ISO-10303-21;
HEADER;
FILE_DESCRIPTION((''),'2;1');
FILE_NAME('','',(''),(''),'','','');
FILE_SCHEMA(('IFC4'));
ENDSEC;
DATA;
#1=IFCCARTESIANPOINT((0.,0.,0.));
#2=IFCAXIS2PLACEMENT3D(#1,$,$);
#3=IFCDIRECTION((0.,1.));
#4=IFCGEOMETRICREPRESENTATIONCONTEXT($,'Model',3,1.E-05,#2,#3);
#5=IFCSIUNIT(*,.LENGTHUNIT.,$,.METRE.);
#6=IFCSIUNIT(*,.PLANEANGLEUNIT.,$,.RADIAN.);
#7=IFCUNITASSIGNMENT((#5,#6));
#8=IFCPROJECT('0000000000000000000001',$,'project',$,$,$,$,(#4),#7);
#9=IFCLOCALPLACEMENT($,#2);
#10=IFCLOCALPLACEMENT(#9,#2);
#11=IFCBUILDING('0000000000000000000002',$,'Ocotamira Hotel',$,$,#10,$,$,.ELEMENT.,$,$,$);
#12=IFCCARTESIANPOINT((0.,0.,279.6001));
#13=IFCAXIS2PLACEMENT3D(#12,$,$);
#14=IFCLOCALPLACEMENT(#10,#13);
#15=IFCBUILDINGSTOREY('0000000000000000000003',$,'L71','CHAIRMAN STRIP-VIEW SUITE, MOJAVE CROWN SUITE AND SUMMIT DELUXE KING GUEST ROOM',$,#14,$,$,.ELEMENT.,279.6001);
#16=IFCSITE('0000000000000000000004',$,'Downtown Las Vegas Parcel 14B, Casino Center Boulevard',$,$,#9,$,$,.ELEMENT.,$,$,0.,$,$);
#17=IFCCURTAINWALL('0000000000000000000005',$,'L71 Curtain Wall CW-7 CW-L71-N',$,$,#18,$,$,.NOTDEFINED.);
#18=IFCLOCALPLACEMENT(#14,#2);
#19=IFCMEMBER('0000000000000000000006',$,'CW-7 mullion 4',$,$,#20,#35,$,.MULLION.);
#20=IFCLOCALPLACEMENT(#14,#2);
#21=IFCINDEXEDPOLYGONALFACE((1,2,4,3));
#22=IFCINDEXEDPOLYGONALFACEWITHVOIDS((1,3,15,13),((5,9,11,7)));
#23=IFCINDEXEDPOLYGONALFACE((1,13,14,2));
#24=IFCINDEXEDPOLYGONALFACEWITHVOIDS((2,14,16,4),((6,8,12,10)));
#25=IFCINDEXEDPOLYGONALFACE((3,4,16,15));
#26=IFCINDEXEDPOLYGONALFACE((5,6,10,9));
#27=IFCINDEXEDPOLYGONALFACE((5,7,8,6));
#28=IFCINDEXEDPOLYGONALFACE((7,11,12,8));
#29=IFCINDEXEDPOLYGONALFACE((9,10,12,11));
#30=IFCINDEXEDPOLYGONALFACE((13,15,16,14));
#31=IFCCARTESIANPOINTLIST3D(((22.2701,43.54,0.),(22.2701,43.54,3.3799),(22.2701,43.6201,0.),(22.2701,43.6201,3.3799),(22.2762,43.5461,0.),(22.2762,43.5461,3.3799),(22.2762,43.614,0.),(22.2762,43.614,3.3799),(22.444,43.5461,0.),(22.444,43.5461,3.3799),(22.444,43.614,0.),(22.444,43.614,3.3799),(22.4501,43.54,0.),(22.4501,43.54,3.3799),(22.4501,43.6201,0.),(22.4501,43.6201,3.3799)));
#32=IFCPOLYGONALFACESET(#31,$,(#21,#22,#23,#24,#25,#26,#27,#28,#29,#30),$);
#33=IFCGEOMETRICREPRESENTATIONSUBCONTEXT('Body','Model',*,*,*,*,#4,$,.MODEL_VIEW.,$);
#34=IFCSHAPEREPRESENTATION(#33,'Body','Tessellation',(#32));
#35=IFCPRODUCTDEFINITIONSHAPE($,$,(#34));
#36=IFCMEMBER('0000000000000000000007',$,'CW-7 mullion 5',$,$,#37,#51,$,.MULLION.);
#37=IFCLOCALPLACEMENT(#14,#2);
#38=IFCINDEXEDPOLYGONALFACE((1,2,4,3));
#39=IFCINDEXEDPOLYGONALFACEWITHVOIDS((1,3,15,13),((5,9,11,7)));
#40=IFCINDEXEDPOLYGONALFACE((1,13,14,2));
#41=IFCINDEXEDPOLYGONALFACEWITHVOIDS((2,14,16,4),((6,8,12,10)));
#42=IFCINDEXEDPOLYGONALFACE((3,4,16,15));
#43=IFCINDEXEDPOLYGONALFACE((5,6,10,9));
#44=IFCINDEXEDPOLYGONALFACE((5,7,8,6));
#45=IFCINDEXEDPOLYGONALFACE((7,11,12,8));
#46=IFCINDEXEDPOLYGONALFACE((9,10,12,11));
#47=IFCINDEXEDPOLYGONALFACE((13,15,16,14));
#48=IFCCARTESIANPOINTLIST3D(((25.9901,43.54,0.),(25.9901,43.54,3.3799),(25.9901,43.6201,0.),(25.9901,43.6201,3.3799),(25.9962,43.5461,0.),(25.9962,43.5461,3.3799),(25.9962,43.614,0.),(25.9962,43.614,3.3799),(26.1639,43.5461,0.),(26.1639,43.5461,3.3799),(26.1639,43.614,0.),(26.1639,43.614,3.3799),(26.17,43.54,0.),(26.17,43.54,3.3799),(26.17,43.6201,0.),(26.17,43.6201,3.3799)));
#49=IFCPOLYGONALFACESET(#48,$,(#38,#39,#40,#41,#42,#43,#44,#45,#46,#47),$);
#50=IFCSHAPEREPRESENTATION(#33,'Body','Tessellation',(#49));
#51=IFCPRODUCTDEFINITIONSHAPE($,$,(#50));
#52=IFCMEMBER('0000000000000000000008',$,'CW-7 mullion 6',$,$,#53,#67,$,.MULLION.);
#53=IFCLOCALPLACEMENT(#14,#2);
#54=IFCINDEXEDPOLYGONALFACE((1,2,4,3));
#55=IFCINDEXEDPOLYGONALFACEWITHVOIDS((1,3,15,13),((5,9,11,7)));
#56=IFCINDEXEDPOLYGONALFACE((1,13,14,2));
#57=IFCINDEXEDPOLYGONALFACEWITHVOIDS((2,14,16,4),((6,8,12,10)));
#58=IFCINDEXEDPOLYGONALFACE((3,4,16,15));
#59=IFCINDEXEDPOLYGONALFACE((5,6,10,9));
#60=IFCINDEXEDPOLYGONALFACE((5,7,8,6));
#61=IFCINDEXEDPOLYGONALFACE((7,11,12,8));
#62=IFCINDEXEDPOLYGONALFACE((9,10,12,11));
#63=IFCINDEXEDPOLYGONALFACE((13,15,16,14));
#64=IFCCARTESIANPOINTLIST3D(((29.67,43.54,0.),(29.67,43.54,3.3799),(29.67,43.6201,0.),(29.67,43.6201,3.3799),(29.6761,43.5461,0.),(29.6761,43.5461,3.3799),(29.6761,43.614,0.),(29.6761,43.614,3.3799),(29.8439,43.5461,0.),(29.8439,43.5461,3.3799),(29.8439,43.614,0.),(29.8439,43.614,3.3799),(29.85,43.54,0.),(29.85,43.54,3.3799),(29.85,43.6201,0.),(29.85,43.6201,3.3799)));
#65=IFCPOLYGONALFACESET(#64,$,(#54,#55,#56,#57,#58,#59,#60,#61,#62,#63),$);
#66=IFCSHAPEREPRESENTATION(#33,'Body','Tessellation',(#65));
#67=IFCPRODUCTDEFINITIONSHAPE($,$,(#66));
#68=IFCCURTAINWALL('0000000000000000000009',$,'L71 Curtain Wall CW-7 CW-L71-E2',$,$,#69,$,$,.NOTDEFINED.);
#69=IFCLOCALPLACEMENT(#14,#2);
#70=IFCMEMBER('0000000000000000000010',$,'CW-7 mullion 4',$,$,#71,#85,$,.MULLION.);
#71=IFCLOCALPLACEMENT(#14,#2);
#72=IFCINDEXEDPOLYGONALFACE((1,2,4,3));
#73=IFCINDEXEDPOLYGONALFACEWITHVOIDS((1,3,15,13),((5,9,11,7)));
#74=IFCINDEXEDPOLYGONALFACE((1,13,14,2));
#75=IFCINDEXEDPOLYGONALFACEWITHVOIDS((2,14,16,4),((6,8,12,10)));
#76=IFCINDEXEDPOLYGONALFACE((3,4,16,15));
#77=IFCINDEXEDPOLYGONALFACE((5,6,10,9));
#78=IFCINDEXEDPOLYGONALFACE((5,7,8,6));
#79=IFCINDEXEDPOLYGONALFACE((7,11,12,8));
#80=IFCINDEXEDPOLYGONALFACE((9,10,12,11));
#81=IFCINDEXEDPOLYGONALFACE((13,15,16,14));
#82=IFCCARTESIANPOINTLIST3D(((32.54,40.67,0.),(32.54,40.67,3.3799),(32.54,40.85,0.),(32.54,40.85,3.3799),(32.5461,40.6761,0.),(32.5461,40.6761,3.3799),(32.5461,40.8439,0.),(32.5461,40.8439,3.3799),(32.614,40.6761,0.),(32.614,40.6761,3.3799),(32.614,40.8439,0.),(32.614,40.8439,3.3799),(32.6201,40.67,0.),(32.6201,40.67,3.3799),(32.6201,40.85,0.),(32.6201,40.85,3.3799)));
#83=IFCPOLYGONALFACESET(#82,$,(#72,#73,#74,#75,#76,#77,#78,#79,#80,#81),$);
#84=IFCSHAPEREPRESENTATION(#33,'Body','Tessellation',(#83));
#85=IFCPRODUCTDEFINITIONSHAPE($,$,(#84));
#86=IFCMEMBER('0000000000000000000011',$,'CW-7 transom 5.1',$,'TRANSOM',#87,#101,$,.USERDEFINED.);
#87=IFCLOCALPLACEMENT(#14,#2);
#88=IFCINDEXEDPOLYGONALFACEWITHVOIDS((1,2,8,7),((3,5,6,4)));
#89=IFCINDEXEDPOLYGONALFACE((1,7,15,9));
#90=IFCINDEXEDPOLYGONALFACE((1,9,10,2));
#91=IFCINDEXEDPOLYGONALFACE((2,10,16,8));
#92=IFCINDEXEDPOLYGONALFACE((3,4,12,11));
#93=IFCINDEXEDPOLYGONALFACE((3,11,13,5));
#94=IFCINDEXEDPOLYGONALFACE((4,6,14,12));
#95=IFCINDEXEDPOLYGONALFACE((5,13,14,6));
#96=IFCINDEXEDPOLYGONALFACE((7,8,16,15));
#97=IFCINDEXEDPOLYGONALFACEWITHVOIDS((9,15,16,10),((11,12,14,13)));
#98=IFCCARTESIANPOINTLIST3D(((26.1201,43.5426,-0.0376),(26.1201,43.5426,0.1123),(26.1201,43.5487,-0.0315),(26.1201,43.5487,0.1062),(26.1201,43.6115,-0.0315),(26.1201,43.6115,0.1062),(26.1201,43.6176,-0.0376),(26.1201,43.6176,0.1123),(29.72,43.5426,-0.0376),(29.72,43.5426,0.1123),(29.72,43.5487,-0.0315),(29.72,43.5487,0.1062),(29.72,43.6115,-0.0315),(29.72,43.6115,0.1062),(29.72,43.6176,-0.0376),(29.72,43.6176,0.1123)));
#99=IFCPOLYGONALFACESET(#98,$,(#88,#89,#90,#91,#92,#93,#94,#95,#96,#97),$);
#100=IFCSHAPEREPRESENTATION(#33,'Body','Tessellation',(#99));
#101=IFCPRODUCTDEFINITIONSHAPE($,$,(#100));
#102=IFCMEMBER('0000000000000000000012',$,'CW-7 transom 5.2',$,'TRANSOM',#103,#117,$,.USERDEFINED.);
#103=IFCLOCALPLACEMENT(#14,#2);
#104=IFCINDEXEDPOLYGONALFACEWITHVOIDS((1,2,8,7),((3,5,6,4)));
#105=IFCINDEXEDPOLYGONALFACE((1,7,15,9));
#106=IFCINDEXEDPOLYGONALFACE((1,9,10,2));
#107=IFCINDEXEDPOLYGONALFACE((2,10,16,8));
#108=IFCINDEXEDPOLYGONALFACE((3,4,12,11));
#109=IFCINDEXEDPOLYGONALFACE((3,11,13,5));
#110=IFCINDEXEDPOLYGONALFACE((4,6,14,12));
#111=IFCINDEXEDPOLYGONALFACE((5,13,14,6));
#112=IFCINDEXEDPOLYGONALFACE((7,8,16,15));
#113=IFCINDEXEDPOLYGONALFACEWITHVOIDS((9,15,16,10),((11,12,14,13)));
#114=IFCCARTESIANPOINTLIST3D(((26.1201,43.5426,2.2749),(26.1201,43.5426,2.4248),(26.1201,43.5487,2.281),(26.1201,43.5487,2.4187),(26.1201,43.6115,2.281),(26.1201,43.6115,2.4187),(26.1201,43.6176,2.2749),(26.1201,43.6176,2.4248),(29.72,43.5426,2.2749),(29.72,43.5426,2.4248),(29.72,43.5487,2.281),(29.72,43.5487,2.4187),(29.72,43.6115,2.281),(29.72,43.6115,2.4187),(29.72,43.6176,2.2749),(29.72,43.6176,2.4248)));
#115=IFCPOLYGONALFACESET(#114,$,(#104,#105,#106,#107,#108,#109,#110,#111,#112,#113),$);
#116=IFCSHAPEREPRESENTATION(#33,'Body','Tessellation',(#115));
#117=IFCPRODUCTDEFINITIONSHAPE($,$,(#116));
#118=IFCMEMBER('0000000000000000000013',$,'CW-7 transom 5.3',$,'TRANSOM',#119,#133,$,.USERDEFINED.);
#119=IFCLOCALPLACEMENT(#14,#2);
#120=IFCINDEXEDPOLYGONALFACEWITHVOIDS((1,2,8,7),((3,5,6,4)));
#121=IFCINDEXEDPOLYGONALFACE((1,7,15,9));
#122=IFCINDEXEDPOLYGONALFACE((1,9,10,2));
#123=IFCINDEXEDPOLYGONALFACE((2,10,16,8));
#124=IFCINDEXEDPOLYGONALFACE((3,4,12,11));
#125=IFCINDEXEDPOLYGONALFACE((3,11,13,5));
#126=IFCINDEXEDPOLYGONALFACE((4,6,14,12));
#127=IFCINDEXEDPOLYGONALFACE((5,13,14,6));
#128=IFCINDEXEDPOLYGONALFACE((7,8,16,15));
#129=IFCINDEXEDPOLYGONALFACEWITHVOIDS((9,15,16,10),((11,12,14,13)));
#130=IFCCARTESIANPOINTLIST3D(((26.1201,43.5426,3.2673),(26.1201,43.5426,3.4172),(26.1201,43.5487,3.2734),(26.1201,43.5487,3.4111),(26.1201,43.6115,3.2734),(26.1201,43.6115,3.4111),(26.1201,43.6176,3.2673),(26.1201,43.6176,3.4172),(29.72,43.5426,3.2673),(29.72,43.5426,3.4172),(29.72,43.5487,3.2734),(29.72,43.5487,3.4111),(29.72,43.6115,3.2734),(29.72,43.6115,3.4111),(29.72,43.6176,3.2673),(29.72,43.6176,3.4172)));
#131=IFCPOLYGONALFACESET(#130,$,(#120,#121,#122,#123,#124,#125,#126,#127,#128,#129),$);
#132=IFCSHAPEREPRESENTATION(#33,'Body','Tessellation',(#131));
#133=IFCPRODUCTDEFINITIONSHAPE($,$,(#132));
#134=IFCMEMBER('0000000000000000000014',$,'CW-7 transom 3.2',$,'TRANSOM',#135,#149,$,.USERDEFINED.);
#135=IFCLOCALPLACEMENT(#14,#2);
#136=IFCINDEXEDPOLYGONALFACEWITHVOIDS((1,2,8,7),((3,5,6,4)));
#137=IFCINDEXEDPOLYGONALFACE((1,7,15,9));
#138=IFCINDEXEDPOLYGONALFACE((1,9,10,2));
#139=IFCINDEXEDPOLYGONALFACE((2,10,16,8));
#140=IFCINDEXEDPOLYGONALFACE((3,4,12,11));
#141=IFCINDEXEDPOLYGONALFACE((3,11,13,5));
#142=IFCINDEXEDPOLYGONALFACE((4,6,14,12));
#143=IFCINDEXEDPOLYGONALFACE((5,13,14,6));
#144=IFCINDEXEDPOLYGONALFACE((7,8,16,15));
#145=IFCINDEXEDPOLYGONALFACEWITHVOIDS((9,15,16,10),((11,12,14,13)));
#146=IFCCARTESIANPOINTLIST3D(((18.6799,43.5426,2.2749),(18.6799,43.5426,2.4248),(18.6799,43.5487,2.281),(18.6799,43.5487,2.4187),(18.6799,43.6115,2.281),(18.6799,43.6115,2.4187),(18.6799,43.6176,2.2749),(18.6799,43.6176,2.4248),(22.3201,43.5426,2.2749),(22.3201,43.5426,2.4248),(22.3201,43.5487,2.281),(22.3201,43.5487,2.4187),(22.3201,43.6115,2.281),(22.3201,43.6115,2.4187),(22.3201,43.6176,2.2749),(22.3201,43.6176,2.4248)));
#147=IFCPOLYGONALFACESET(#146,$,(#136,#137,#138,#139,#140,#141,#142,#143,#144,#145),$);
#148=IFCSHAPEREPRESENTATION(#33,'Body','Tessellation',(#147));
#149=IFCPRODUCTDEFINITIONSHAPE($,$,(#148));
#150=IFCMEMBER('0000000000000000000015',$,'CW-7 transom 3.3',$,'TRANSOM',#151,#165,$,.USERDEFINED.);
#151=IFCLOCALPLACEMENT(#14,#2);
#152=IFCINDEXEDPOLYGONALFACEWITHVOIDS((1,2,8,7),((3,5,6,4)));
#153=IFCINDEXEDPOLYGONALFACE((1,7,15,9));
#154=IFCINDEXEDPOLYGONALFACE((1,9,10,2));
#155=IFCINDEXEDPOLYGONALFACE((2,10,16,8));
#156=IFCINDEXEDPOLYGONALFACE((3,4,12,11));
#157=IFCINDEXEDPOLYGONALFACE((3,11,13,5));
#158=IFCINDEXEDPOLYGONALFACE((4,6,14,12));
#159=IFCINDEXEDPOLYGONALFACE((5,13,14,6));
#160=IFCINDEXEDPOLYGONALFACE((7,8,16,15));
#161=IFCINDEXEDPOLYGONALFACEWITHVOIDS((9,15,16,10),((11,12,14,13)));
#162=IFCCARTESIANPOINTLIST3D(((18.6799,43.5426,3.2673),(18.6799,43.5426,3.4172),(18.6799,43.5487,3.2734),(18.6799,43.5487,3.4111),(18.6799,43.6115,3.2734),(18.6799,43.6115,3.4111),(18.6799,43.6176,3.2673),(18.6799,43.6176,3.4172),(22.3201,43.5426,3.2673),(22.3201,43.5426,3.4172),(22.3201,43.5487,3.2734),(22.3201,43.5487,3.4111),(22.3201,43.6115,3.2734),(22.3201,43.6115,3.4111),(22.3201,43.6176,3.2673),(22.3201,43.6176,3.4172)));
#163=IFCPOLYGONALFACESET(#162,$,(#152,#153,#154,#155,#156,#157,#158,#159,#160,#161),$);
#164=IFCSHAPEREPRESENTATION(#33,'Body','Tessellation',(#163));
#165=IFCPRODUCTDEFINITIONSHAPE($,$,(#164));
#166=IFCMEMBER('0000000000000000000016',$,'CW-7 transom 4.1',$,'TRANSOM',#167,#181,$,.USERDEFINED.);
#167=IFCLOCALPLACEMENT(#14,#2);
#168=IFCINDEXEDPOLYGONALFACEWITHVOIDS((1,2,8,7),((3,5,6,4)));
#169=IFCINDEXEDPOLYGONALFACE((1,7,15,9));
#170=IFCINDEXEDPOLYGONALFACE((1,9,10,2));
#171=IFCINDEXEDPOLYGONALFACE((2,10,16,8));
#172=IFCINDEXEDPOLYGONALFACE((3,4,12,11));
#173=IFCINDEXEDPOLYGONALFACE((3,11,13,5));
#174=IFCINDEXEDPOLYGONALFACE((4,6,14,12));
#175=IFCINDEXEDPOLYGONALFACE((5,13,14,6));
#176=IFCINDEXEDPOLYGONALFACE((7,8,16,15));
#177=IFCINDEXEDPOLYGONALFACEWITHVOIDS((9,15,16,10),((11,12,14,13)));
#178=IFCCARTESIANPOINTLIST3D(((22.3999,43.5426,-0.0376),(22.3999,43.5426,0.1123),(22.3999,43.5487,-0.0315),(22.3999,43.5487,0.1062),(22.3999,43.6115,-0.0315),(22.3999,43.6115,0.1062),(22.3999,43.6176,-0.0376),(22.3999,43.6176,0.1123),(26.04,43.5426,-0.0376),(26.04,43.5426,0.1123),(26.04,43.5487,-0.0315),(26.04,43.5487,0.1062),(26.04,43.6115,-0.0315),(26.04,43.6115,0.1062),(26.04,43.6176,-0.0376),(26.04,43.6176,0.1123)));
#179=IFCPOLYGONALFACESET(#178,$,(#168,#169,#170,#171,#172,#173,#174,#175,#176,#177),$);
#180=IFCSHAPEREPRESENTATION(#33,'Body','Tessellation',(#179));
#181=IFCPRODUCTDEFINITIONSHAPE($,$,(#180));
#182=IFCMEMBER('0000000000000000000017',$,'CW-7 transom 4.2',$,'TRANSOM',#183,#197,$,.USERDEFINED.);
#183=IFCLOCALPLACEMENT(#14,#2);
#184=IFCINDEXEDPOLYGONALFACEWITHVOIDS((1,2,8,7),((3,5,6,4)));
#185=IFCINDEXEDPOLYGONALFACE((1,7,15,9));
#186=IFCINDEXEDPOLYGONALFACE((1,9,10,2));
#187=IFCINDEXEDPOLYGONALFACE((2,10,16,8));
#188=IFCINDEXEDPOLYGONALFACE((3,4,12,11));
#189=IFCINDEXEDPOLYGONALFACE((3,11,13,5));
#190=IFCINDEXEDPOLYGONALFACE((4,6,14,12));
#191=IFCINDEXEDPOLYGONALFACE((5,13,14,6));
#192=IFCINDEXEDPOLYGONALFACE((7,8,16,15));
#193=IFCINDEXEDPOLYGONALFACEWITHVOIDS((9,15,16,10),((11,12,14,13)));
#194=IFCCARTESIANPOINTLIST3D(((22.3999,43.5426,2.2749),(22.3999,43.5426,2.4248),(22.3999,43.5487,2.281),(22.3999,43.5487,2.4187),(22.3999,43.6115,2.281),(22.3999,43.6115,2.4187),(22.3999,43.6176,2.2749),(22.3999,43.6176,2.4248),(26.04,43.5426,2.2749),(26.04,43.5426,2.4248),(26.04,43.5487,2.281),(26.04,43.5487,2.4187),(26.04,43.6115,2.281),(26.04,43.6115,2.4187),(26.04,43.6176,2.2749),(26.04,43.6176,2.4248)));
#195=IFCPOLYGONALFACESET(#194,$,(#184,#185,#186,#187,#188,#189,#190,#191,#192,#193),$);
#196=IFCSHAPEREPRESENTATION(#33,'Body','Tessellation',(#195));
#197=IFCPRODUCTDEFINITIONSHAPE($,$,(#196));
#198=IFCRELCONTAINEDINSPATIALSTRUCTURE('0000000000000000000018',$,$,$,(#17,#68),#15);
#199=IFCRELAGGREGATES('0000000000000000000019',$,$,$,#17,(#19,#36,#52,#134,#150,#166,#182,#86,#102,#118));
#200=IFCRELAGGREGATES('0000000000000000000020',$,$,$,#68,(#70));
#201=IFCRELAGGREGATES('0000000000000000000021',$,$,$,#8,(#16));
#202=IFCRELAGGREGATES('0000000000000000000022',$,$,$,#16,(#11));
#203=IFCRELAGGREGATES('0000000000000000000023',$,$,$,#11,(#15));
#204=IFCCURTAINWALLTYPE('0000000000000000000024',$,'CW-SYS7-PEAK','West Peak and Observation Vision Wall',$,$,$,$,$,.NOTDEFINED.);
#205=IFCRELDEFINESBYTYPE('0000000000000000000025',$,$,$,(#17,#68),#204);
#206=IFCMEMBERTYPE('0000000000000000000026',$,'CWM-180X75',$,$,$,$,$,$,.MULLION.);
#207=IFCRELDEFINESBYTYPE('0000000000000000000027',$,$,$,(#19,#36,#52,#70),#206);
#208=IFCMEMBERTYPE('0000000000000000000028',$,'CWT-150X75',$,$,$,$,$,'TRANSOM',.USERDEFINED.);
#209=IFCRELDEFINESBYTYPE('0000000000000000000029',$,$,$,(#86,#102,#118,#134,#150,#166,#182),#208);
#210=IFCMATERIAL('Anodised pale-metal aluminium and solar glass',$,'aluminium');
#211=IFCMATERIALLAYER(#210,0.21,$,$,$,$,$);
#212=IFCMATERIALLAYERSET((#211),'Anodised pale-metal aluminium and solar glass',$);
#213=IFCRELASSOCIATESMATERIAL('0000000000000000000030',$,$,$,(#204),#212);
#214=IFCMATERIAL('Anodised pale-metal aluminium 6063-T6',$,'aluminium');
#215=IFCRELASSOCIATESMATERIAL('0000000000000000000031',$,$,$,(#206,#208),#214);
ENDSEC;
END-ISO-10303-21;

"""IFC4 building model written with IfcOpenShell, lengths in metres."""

from ifc_helpers import new_model, si_unit, direction, frame, origin, origin_2d, place, context, subcontext, project, spatial, hollow_rectangle, extrude, source, transform, mapped, material, layer, layer_set, material_profile, profile_set, type_object, element, aggregate, save


model = new_model("IFC4")

# Units and contexts
model_context = context("Model", 3, precision=1e-05, world=origin(), true_north=direction((0.0, 1.0)))
body_context = subcontext(model_context, "Body", "Model", "MODEL_VIEW")
ifc_project = project(units=[si_unit("LENGTHUNIT", "METRE"), si_unit("PLANEANGLEUNIT", "RADIAN")], contexts=[model_context])

# Site, building, storey
site_placement = place(None, origin())
site = spatial("IfcSite", under=ifc_project, at=site_placement, Name="Downtown Las Vegas Parcel 14B, Casino Center Boulevard", CompositionType="ELEMENT", RefElevation=0.0)
building_placement = place(site_placement, origin())
building = spatial("IfcBuilding", under=site, at=building_placement, Name="Ocotamira Hotel", CompositionType="ELEMENT")
storey_placement = place(building_placement, frame((0.0, 0.0, 279.6001)))
storey = spatial("IfcBuildingStorey", under=building, at=storey_placement, Name="L71", Description="CHAIRMAN STRIP-VIEW SUITE, MOJAVE CROWN SUITE AND SUMMIT DELUXE KING GUEST ROOM", CompositionType="ELEMENT", Elevation=279.6001)

# Curtain wall, members
ifc_material_1 = material(Name="Anodised pale-metal aluminium and solar glass", Category="aluminium")
ifc_layer_1 = layer(ifc_material_1, 0.21)
ifc_layer_set_1 = layer_set([ifc_layer_1], Name="Anodised pale-metal aluminium and solar glass")
curtain_wall_type = type_object("IfcCurtainWallType", Name="CW-SYS7-PEAK", Description="West Peak and Observation Vision Wall", PredefinedType="NOTDEFINED", material=ifc_layer_set_1)
curtain_wall_1_placement = place(storey_placement, origin())
curtain_wall_1 = element("IfcCurtainWall", 1, at=curtain_wall_1_placement, inside=storey, type_object=curtain_wall_type, Name="L71 Curtain Wall CW-7 CW-L71-N", PredefinedType="NOTDEFINED")
ifc_material_2 = material(Name="Anodised pale-metal aluminium 6063-T6", Category="aluminium")
ifc_material_profile_1 = material_profile(ifc_material_2, hollow_rectangle(XDim=0.0801, YDim=0.1799, WallThickness=0.0061, at=origin_2d()), Name="HSS180X80X6")
ifc_profile_set_1 = profile_set([ifc_material_profile_1], Name="Anodised pale-metal aluminium 6063-T6")
member_type_1 = type_object("IfcMemberType", Name="CWM-180X75", PredefinedType="MULLION", material=ifc_profile_set_1)
shared_shape_1 = source(origin(), body_context, "Body", "SweptSolid", [
    extrude(hollow_rectangle(XDim=0.0801, YDim=0.1799, WallThickness=0.0061, at=origin_2d()), origin(), (0.0, 0.0, 1.0), 3.3799),
])
member_1_placement = place(storey_placement, frame((22.3601, 43.5801, 0.0), z_axis=(0.0, 0.0, 1.0), x_axis=(0.0, 1.0, 0.0)))
member_1 = element("IfcMember", 2, at=member_1_placement, type_object=member_type_1, Name="CW-7 mullion 4", PredefinedType="MULLION", context=body_context, shape_type="MappedRepresentation", body=[
    mapped(shared_shape_1, transform((0.0, 0.0, 0.0), scale=1.0)),
])
member_2_placement = place(storey_placement, frame((26.0801, 43.5801, 0.0), z_axis=(0.0, 0.0, 1.0), x_axis=(0.0, 1.0, 0.0)))
member_2 = element("IfcMember", 3, at=member_2_placement, type_object=member_type_1, Name="CW-7 mullion 5", PredefinedType="MULLION", context=body_context, shape_type="MappedRepresentation", body=[
    mapped(shared_shape_1, transform((0.0, 0.0, 0.0), scale=1.0)),
])
member_3_placement = place(storey_placement, frame((29.76, 43.5801, 0.0), z_axis=(0.0, 0.0, 1.0), x_axis=(0.0, 1.0, 0.0)))
member_3 = element("IfcMember", 4, at=member_3_placement, type_object=member_type_1, Name="CW-7 mullion 6", PredefinedType="MULLION", context=body_context, shape_type="MappedRepresentation", body=[
    mapped(shared_shape_1, transform((0.0, 0.0, 0.0), scale=1.0)),
])

# Curtain wall, member
curtain_wall_2_placement = place(storey_placement, origin())
curtain_wall_2 = element("IfcCurtainWall", 5, at=curtain_wall_2_placement, inside=storey, type_object=curtain_wall_type, Name="L71 Curtain Wall CW-7 CW-L71-E2", PredefinedType="NOTDEFINED")
member_4_placement = place(storey_placement, frame((32.5801, 40.76, 0.0), z_axis=(0.0, 0.0, 1.0), x_axis=(-1.0, 0.0, 0.0)))
member_4 = element("IfcMember", 6, at=member_4_placement, type_object=member_type_1, Name="CW-7 mullion 4", PredefinedType="MULLION", context=body_context, shape_type="MappedRepresentation", body=[
    mapped(shared_shape_1, transform((0.0, 0.0, 0.0), scale=1.0)),
])

# Members
ifc_material_profile_2 = material_profile(ifc_material_2, hollow_rectangle(XDim=0.075, YDim=0.1499, WallThickness=0.0061, at=origin_2d()), Name="HSS150X75X6")
ifc_profile_set_2 = profile_set([ifc_material_profile_2], Name="Anodised pale-metal aluminium 6063-T6")
member_type_2 = type_object("IfcMemberType", Name="CWT-150X75", ElementType="TRANSOM", PredefinedType="USERDEFINED", material=ifc_profile_set_2)
shared_shape_2 = source(origin(), body_context, "Body", "SweptSolid", [
    extrude(hollow_rectangle(XDim=0.075, YDim=0.1499, WallThickness=0.0061, at=origin_2d()), origin(), (0.0, 0.0, 1.0), 3.5999),
])
member_5_placement = place(storey_placement, frame((26.1201, 43.5801, 0.0374), z_axis=(1.0, 0.0, 0.0), x_axis=(0.0, 1.0, 0.0)))
member_5 = element("IfcMember", 7, at=member_5_placement, type_object=member_type_2, Name="CW-7 transom 5.1", ObjectType="TRANSOM", PredefinedType="USERDEFINED", context=body_context, shape_type="MappedRepresentation", body=[
    mapped(shared_shape_2, transform((0.0, 0.0, 0.0), scale=1.0)),
])
member_6_placement = place(storey_placement, frame((26.1201, 43.5801, 2.3499), z_axis=(1.0, 0.0, 0.0), x_axis=(0.0, 1.0, 0.0)))
member_6 = element("IfcMember", 8, at=member_6_placement, type_object=member_type_2, Name="CW-7 transom 5.2", ObjectType="TRANSOM", PredefinedType="USERDEFINED", context=body_context, shape_type="MappedRepresentation", body=[
    mapped(shared_shape_2, transform((0.0, 0.0, 0.0), scale=1.0)),
])
member_7_placement = place(storey_placement, frame((26.1201, 43.5801, 3.3423), z_axis=(1.0, 0.0, 0.0), x_axis=(0.0, 1.0, 0.0)))
member_7 = element("IfcMember", 9, at=member_7_placement, type_object=member_type_2, Name="CW-7 transom 5.3", ObjectType="TRANSOM", PredefinedType="USERDEFINED", context=body_context, shape_type="MappedRepresentation", body=[
    mapped(shared_shape_2, transform((0.0, 0.0, 0.0), scale=1.0)),
])
shared_shape_3 = source(origin(), body_context, "Body", "SweptSolid", [
    extrude(hollow_rectangle(XDim=0.075, YDim=0.1499, WallThickness=0.0061, at=origin_2d()), origin(), (0.0, 0.0, 1.0), 3.6401),
])
member_8_placement = place(storey_placement, frame((18.6799, 43.5801, 2.3499), z_axis=(1.0, 0.0, 0.0), x_axis=(0.0, 1.0, 0.0)))
member_8 = element("IfcMember", 10, at=member_8_placement, type_object=member_type_2, Name="CW-7 transom 3.2", ObjectType="TRANSOM", PredefinedType="USERDEFINED", context=body_context, shape_type="MappedRepresentation", body=[
    mapped(shared_shape_3, transform((0.0, 0.0, 0.0), scale=1.0)),
])
member_9_placement = place(storey_placement, frame((18.6799, 43.5801, 3.3423), z_axis=(1.0, 0.0, 0.0), x_axis=(0.0, 1.0, 0.0)))
member_9 = element("IfcMember", 11, at=member_9_placement, type_object=member_type_2, Name="CW-7 transom 3.3", ObjectType="TRANSOM", PredefinedType="USERDEFINED", context=body_context, shape_type="MappedRepresentation", body=[
    mapped(shared_shape_3, transform((0.0, 0.0, 0.0), scale=1.0)),
])
member_10_placement = place(storey_placement, frame((22.3999, 43.5801, 0.0374), z_axis=(1.0, 0.0, 0.0), x_axis=(0.0, 1.0, 0.0)))
member_10 = element("IfcMember", 12, at=member_10_placement, type_object=member_type_2, Name="CW-7 transom 4.1", ObjectType="TRANSOM", PredefinedType="USERDEFINED", context=body_context, shape_type="MappedRepresentation", body=[
    mapped(shared_shape_3, transform((0.0, 0.0, 0.0), scale=1.0)),
])
member_11_placement = place(storey_placement, frame((22.3999, 43.5801, 2.3499), z_axis=(1.0, 0.0, 0.0), x_axis=(0.0, 1.0, 0.0)))
member_11 = element("IfcMember", 13, at=member_11_placement, type_object=member_type_2, Name="CW-7 transom 4.2", ObjectType="TRANSOM", PredefinedType="USERDEFINED", context=body_context, shape_type="MappedRepresentation", body=[
    mapped(shared_shape_3, transform((0.0, 0.0, 0.0), scale=1.0)),
])

aggregate(curtain_wall_1, [member_1, member_2, member_3, member_8, member_9, member_10, member_11, member_5, member_6, member_7])
aggregate(curtain_wall_2, [member_4])

save(model, "model.ifc")
